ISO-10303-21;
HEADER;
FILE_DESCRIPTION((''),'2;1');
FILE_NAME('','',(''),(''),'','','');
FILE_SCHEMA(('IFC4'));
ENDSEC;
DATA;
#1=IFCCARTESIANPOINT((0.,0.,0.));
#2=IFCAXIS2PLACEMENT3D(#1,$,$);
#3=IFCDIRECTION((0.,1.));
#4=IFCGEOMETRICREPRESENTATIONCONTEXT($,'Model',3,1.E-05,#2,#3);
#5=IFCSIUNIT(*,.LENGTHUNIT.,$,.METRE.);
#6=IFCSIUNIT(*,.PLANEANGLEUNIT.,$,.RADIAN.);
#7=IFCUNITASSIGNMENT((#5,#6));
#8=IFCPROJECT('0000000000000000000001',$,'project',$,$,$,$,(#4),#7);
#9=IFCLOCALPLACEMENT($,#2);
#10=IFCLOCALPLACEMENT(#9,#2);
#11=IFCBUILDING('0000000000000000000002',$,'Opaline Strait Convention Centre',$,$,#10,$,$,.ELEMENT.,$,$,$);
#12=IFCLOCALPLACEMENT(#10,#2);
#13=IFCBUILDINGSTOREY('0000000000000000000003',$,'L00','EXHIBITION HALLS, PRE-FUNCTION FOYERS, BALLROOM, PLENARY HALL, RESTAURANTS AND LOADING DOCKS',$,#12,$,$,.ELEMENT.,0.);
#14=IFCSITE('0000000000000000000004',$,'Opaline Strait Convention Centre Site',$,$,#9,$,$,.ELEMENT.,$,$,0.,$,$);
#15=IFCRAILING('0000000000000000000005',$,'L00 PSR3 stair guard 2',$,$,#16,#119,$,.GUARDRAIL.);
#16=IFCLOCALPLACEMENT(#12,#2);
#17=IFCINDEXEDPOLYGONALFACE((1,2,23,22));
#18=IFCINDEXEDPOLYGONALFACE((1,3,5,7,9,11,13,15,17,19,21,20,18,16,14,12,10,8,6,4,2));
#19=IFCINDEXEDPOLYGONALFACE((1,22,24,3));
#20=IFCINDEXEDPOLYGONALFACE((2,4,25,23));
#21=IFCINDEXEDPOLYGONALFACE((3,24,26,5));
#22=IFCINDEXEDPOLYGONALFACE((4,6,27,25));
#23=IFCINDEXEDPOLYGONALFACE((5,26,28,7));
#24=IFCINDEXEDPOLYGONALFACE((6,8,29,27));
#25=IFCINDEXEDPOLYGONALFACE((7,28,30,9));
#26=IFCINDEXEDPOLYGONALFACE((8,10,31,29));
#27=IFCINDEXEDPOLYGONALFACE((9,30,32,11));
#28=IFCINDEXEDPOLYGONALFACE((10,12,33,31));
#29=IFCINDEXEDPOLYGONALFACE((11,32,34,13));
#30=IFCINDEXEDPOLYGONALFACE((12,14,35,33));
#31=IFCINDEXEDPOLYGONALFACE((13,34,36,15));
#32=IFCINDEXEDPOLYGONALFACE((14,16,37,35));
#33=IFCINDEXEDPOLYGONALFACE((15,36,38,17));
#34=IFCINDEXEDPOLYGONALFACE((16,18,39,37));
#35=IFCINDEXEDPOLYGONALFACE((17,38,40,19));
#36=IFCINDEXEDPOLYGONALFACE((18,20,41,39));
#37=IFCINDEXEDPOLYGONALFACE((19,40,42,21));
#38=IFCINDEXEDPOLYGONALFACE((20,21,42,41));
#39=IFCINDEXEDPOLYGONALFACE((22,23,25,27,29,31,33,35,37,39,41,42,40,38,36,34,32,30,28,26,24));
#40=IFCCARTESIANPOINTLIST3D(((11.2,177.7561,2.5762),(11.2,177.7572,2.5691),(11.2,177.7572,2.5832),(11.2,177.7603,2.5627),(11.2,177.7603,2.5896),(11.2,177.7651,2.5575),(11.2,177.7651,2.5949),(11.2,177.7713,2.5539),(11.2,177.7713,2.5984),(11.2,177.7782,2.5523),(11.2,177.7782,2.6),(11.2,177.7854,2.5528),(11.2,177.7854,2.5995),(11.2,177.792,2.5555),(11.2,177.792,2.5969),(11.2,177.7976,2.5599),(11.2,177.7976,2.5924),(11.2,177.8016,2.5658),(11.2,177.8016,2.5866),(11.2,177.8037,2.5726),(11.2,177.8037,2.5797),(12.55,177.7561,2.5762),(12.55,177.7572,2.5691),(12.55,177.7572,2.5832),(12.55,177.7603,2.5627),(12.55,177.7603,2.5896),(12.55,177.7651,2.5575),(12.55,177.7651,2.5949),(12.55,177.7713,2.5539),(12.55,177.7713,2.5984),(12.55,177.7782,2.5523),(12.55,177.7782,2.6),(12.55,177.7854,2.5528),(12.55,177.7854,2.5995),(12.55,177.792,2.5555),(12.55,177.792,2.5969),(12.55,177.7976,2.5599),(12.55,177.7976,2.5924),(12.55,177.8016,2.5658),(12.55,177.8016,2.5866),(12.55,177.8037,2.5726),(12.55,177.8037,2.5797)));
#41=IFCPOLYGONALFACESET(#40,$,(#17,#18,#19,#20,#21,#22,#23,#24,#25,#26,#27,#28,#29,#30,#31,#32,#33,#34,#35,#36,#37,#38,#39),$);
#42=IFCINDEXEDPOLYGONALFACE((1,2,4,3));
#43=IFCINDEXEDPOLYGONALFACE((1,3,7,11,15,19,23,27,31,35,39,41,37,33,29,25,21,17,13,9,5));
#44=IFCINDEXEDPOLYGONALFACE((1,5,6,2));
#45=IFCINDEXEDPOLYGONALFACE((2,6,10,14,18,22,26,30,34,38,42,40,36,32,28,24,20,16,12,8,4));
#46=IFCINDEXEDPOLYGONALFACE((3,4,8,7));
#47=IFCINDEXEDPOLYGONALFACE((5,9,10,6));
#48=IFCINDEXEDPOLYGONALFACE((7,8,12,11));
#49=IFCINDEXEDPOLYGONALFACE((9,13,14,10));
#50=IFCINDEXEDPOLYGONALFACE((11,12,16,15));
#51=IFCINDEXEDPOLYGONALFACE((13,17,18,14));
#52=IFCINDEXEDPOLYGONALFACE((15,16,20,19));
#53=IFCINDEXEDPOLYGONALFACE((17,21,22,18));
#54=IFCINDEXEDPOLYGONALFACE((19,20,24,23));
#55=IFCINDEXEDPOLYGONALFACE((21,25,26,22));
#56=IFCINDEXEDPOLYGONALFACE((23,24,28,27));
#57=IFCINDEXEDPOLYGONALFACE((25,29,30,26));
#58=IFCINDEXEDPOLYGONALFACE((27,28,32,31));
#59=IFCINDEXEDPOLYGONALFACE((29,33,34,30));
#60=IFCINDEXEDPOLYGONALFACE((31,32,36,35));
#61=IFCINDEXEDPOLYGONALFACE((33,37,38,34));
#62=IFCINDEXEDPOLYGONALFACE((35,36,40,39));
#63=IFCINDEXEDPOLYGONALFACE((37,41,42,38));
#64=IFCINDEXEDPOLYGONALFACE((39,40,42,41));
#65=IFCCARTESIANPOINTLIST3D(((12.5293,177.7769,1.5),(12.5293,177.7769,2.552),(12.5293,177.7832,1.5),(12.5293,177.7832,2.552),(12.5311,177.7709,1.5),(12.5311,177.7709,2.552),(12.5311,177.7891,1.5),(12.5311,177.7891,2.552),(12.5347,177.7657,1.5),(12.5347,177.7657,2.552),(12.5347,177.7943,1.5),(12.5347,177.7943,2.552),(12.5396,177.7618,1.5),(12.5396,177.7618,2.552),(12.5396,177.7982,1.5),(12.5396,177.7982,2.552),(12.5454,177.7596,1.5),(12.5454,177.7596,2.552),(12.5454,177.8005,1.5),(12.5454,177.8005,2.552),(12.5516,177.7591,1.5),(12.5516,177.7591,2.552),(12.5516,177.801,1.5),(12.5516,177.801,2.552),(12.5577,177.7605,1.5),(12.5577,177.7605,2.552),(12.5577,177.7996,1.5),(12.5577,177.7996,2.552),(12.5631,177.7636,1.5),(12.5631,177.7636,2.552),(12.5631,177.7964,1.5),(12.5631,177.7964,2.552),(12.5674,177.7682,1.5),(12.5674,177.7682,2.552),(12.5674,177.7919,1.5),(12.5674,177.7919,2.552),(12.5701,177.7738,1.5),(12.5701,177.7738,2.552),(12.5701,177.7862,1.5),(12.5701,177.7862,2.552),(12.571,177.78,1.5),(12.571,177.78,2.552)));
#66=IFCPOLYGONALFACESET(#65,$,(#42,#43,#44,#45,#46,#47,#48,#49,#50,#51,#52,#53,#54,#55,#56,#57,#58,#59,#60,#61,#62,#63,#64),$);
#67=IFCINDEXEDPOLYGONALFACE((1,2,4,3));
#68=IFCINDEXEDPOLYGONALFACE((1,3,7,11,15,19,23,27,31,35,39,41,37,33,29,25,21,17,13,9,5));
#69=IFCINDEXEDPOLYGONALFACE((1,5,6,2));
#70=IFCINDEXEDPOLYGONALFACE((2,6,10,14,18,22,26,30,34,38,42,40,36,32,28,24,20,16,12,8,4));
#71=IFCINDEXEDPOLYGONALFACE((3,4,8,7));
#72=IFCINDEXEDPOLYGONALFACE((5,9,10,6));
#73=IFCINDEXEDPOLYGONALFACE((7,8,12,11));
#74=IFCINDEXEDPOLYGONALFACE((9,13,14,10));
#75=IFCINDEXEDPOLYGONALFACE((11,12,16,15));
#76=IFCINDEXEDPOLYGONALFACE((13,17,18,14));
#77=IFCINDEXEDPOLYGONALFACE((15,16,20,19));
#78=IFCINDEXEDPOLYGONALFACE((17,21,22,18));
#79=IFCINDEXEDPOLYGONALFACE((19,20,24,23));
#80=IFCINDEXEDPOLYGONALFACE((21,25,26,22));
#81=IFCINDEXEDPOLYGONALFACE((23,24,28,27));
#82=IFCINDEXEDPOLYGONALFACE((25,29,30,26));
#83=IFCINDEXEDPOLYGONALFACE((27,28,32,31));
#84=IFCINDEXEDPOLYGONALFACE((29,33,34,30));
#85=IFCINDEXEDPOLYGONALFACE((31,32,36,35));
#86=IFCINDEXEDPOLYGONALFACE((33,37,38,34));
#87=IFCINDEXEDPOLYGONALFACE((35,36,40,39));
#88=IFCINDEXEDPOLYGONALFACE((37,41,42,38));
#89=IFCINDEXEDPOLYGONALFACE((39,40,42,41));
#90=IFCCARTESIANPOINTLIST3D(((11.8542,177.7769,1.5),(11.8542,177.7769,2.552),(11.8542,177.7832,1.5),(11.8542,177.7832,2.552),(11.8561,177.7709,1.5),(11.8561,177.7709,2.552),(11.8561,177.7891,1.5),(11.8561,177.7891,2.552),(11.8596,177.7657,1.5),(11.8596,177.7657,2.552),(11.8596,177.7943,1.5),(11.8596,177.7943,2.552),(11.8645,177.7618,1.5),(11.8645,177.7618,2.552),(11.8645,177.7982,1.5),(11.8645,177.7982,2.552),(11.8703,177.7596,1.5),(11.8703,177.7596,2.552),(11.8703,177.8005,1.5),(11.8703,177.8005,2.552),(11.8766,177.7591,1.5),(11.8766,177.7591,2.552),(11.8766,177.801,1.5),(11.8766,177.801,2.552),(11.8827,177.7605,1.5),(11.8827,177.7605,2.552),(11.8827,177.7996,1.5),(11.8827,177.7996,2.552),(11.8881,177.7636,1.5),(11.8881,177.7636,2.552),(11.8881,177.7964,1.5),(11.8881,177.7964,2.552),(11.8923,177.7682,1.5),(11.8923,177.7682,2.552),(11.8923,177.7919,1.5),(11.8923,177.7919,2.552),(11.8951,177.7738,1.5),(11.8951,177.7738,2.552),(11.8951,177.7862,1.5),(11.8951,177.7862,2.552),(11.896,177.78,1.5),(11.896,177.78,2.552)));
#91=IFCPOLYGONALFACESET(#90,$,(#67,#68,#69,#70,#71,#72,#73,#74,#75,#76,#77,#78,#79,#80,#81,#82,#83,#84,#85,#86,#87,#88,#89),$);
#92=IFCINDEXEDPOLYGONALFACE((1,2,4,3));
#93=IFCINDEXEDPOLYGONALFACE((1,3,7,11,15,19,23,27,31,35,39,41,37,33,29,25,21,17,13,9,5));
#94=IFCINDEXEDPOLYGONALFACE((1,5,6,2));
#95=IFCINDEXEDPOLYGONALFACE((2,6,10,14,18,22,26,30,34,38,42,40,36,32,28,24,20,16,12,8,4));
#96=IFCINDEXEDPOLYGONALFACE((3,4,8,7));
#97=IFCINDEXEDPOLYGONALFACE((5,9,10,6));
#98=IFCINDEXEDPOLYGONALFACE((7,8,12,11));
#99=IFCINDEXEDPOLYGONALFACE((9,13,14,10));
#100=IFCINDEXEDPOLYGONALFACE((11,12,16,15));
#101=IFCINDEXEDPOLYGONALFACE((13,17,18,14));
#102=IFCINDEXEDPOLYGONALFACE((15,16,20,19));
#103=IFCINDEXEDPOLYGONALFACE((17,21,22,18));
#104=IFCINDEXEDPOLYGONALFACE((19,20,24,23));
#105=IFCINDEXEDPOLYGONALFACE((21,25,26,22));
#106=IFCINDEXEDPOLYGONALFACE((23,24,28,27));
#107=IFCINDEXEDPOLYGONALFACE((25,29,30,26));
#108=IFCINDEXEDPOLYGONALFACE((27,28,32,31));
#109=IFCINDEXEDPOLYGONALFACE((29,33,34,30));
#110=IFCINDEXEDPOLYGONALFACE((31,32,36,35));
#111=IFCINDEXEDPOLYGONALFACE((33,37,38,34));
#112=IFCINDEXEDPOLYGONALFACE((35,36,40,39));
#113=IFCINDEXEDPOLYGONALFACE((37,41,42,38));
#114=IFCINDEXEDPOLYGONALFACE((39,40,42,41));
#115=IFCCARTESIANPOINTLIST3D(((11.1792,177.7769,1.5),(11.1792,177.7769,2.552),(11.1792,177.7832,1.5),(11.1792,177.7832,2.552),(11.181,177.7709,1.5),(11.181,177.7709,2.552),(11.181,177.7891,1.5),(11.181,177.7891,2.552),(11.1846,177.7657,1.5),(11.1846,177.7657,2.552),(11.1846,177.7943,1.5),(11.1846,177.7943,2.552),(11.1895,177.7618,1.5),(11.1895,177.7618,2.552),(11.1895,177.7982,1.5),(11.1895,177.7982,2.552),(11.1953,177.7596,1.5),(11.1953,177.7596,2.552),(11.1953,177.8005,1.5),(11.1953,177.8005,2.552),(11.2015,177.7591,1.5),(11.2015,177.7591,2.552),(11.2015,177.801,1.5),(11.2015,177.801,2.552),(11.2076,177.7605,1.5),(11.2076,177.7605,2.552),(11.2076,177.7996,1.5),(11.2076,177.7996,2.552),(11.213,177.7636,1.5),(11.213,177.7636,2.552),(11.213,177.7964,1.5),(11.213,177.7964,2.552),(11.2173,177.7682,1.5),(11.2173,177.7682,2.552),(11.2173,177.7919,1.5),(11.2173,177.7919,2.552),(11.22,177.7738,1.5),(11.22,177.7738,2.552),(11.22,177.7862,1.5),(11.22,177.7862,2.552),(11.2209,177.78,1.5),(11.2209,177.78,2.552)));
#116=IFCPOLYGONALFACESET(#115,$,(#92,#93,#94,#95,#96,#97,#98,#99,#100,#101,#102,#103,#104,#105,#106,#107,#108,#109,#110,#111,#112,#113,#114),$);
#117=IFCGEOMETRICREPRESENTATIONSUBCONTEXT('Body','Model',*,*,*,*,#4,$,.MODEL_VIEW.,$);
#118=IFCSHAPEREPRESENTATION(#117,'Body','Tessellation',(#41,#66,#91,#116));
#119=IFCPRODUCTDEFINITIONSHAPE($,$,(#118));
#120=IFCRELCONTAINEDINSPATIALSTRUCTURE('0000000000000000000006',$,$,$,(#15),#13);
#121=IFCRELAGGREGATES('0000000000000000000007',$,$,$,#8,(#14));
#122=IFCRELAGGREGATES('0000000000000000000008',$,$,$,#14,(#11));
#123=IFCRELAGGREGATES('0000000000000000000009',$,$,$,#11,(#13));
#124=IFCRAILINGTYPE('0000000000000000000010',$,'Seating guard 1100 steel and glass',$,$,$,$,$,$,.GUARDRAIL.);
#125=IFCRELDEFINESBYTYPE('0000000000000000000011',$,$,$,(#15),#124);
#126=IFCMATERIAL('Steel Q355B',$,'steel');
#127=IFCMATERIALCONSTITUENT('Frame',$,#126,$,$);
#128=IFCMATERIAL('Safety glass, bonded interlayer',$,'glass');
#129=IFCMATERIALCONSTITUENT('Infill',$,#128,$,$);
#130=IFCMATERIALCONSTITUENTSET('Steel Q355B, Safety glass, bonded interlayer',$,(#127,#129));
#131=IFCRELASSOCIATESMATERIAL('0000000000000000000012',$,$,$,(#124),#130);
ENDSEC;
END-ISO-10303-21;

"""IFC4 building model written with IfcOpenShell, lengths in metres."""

from ifc_helpers import new_model, si_unit, direction, frame, origin, origin_2d, place, context, subcontext, project, spatial, circle, extrude, material, constituent, constituent_set, type_object, element, save


model = new_model("IFC4")

# Units and contexts
model_context = context("Model", 3, precision=1e-05, world=origin(), true_north=direction((0.0, 1.0)))
body_context = subcontext(model_context, "Body", "Model", "MODEL_VIEW")
ifc_project = project(units=[si_unit("LENGTHUNIT", "METRE"), si_unit("PLANEANGLEUNIT", "RADIAN")], contexts=[model_context])

# Site, building, storey
site_placement = place(None, origin())
site = spatial("IfcSite", under=ifc_project, at=site_placement, Name="Opaline Strait Convention Centre Site", CompositionType="ELEMENT", RefElevation=0.0)
building_placement = place(site_placement, origin())
building = spatial("IfcBuilding", under=site, at=building_placement, Name="Opaline Strait Convention Centre", CompositionType="ELEMENT")
storey_placement = place(building_placement, origin())
storey = spatial("IfcBuildingStorey", under=building, at=storey_placement, Name="L00", Description="EXHIBITION HALLS, PRE-FUNCTION FOYERS, BALLROOM, PLENARY HALL, RESTAURANTS AND LOADING DOCKS", CompositionType="ELEMENT", Elevation=0.0)

# Railing
ifc_material_1 = material(Name="Steel Q355B", Category="steel")
ifc_constituent_1 = constituent(ifc_material_1, Name="Frame")
ifc_material_2 = material(Name="Safety glass, bonded interlayer", Category="glass")
ifc_constituent_2 = constituent(ifc_material_2, Name="Infill")
ifc_constituent_set = constituent_set(constituents=[ifc_constituent_1, ifc_constituent_2], Name="Steel Q355B, Safety glass, bonded interlayer")
railing_type_1 = type_object("IfcRailingType", Name="Seating guard 1100 steel and glass", PredefinedType="GUARDRAIL", material=ifc_constituent_set)
railing_1_placement = place(storey_placement, frame((12.55, 177.78, 1.5)))
element("IfcRailing", 1, at=railing_1_placement, inside=storey, type_object=railing_type_1, Name="L00 PSR3 stair guard 2", PredefinedType="GUARDRAIL", context=body_context, shape_type="SweptSolid", body=[
    extrude(circle(Radius=0.0239, at=origin_2d()), frame((0.0, 0.0, 1.0762), z_axis=(-1.0, 0.0, 0.0), x_axis=(0.0, -1.0, 0.0)), (0.0, 0.0, 1.0), 1.3501),
    extrude(circle(Radius=0.021, at=origin_2d()), origin(), (0.0, 0.0, 1.0), 1.052),
    extrude(circle(Radius=0.021, at=origin_2d()), frame((-0.675, 0.0, 0.0)), (0.0, 0.0, 1.0), 1.052),
    extrude(circle(Radius=0.021, at=origin_2d()), frame((-1.3501, 0.0, 0.0)), (0.0, 0.0, 1.0), 1.052),
])

save(model, "model.ifc")
